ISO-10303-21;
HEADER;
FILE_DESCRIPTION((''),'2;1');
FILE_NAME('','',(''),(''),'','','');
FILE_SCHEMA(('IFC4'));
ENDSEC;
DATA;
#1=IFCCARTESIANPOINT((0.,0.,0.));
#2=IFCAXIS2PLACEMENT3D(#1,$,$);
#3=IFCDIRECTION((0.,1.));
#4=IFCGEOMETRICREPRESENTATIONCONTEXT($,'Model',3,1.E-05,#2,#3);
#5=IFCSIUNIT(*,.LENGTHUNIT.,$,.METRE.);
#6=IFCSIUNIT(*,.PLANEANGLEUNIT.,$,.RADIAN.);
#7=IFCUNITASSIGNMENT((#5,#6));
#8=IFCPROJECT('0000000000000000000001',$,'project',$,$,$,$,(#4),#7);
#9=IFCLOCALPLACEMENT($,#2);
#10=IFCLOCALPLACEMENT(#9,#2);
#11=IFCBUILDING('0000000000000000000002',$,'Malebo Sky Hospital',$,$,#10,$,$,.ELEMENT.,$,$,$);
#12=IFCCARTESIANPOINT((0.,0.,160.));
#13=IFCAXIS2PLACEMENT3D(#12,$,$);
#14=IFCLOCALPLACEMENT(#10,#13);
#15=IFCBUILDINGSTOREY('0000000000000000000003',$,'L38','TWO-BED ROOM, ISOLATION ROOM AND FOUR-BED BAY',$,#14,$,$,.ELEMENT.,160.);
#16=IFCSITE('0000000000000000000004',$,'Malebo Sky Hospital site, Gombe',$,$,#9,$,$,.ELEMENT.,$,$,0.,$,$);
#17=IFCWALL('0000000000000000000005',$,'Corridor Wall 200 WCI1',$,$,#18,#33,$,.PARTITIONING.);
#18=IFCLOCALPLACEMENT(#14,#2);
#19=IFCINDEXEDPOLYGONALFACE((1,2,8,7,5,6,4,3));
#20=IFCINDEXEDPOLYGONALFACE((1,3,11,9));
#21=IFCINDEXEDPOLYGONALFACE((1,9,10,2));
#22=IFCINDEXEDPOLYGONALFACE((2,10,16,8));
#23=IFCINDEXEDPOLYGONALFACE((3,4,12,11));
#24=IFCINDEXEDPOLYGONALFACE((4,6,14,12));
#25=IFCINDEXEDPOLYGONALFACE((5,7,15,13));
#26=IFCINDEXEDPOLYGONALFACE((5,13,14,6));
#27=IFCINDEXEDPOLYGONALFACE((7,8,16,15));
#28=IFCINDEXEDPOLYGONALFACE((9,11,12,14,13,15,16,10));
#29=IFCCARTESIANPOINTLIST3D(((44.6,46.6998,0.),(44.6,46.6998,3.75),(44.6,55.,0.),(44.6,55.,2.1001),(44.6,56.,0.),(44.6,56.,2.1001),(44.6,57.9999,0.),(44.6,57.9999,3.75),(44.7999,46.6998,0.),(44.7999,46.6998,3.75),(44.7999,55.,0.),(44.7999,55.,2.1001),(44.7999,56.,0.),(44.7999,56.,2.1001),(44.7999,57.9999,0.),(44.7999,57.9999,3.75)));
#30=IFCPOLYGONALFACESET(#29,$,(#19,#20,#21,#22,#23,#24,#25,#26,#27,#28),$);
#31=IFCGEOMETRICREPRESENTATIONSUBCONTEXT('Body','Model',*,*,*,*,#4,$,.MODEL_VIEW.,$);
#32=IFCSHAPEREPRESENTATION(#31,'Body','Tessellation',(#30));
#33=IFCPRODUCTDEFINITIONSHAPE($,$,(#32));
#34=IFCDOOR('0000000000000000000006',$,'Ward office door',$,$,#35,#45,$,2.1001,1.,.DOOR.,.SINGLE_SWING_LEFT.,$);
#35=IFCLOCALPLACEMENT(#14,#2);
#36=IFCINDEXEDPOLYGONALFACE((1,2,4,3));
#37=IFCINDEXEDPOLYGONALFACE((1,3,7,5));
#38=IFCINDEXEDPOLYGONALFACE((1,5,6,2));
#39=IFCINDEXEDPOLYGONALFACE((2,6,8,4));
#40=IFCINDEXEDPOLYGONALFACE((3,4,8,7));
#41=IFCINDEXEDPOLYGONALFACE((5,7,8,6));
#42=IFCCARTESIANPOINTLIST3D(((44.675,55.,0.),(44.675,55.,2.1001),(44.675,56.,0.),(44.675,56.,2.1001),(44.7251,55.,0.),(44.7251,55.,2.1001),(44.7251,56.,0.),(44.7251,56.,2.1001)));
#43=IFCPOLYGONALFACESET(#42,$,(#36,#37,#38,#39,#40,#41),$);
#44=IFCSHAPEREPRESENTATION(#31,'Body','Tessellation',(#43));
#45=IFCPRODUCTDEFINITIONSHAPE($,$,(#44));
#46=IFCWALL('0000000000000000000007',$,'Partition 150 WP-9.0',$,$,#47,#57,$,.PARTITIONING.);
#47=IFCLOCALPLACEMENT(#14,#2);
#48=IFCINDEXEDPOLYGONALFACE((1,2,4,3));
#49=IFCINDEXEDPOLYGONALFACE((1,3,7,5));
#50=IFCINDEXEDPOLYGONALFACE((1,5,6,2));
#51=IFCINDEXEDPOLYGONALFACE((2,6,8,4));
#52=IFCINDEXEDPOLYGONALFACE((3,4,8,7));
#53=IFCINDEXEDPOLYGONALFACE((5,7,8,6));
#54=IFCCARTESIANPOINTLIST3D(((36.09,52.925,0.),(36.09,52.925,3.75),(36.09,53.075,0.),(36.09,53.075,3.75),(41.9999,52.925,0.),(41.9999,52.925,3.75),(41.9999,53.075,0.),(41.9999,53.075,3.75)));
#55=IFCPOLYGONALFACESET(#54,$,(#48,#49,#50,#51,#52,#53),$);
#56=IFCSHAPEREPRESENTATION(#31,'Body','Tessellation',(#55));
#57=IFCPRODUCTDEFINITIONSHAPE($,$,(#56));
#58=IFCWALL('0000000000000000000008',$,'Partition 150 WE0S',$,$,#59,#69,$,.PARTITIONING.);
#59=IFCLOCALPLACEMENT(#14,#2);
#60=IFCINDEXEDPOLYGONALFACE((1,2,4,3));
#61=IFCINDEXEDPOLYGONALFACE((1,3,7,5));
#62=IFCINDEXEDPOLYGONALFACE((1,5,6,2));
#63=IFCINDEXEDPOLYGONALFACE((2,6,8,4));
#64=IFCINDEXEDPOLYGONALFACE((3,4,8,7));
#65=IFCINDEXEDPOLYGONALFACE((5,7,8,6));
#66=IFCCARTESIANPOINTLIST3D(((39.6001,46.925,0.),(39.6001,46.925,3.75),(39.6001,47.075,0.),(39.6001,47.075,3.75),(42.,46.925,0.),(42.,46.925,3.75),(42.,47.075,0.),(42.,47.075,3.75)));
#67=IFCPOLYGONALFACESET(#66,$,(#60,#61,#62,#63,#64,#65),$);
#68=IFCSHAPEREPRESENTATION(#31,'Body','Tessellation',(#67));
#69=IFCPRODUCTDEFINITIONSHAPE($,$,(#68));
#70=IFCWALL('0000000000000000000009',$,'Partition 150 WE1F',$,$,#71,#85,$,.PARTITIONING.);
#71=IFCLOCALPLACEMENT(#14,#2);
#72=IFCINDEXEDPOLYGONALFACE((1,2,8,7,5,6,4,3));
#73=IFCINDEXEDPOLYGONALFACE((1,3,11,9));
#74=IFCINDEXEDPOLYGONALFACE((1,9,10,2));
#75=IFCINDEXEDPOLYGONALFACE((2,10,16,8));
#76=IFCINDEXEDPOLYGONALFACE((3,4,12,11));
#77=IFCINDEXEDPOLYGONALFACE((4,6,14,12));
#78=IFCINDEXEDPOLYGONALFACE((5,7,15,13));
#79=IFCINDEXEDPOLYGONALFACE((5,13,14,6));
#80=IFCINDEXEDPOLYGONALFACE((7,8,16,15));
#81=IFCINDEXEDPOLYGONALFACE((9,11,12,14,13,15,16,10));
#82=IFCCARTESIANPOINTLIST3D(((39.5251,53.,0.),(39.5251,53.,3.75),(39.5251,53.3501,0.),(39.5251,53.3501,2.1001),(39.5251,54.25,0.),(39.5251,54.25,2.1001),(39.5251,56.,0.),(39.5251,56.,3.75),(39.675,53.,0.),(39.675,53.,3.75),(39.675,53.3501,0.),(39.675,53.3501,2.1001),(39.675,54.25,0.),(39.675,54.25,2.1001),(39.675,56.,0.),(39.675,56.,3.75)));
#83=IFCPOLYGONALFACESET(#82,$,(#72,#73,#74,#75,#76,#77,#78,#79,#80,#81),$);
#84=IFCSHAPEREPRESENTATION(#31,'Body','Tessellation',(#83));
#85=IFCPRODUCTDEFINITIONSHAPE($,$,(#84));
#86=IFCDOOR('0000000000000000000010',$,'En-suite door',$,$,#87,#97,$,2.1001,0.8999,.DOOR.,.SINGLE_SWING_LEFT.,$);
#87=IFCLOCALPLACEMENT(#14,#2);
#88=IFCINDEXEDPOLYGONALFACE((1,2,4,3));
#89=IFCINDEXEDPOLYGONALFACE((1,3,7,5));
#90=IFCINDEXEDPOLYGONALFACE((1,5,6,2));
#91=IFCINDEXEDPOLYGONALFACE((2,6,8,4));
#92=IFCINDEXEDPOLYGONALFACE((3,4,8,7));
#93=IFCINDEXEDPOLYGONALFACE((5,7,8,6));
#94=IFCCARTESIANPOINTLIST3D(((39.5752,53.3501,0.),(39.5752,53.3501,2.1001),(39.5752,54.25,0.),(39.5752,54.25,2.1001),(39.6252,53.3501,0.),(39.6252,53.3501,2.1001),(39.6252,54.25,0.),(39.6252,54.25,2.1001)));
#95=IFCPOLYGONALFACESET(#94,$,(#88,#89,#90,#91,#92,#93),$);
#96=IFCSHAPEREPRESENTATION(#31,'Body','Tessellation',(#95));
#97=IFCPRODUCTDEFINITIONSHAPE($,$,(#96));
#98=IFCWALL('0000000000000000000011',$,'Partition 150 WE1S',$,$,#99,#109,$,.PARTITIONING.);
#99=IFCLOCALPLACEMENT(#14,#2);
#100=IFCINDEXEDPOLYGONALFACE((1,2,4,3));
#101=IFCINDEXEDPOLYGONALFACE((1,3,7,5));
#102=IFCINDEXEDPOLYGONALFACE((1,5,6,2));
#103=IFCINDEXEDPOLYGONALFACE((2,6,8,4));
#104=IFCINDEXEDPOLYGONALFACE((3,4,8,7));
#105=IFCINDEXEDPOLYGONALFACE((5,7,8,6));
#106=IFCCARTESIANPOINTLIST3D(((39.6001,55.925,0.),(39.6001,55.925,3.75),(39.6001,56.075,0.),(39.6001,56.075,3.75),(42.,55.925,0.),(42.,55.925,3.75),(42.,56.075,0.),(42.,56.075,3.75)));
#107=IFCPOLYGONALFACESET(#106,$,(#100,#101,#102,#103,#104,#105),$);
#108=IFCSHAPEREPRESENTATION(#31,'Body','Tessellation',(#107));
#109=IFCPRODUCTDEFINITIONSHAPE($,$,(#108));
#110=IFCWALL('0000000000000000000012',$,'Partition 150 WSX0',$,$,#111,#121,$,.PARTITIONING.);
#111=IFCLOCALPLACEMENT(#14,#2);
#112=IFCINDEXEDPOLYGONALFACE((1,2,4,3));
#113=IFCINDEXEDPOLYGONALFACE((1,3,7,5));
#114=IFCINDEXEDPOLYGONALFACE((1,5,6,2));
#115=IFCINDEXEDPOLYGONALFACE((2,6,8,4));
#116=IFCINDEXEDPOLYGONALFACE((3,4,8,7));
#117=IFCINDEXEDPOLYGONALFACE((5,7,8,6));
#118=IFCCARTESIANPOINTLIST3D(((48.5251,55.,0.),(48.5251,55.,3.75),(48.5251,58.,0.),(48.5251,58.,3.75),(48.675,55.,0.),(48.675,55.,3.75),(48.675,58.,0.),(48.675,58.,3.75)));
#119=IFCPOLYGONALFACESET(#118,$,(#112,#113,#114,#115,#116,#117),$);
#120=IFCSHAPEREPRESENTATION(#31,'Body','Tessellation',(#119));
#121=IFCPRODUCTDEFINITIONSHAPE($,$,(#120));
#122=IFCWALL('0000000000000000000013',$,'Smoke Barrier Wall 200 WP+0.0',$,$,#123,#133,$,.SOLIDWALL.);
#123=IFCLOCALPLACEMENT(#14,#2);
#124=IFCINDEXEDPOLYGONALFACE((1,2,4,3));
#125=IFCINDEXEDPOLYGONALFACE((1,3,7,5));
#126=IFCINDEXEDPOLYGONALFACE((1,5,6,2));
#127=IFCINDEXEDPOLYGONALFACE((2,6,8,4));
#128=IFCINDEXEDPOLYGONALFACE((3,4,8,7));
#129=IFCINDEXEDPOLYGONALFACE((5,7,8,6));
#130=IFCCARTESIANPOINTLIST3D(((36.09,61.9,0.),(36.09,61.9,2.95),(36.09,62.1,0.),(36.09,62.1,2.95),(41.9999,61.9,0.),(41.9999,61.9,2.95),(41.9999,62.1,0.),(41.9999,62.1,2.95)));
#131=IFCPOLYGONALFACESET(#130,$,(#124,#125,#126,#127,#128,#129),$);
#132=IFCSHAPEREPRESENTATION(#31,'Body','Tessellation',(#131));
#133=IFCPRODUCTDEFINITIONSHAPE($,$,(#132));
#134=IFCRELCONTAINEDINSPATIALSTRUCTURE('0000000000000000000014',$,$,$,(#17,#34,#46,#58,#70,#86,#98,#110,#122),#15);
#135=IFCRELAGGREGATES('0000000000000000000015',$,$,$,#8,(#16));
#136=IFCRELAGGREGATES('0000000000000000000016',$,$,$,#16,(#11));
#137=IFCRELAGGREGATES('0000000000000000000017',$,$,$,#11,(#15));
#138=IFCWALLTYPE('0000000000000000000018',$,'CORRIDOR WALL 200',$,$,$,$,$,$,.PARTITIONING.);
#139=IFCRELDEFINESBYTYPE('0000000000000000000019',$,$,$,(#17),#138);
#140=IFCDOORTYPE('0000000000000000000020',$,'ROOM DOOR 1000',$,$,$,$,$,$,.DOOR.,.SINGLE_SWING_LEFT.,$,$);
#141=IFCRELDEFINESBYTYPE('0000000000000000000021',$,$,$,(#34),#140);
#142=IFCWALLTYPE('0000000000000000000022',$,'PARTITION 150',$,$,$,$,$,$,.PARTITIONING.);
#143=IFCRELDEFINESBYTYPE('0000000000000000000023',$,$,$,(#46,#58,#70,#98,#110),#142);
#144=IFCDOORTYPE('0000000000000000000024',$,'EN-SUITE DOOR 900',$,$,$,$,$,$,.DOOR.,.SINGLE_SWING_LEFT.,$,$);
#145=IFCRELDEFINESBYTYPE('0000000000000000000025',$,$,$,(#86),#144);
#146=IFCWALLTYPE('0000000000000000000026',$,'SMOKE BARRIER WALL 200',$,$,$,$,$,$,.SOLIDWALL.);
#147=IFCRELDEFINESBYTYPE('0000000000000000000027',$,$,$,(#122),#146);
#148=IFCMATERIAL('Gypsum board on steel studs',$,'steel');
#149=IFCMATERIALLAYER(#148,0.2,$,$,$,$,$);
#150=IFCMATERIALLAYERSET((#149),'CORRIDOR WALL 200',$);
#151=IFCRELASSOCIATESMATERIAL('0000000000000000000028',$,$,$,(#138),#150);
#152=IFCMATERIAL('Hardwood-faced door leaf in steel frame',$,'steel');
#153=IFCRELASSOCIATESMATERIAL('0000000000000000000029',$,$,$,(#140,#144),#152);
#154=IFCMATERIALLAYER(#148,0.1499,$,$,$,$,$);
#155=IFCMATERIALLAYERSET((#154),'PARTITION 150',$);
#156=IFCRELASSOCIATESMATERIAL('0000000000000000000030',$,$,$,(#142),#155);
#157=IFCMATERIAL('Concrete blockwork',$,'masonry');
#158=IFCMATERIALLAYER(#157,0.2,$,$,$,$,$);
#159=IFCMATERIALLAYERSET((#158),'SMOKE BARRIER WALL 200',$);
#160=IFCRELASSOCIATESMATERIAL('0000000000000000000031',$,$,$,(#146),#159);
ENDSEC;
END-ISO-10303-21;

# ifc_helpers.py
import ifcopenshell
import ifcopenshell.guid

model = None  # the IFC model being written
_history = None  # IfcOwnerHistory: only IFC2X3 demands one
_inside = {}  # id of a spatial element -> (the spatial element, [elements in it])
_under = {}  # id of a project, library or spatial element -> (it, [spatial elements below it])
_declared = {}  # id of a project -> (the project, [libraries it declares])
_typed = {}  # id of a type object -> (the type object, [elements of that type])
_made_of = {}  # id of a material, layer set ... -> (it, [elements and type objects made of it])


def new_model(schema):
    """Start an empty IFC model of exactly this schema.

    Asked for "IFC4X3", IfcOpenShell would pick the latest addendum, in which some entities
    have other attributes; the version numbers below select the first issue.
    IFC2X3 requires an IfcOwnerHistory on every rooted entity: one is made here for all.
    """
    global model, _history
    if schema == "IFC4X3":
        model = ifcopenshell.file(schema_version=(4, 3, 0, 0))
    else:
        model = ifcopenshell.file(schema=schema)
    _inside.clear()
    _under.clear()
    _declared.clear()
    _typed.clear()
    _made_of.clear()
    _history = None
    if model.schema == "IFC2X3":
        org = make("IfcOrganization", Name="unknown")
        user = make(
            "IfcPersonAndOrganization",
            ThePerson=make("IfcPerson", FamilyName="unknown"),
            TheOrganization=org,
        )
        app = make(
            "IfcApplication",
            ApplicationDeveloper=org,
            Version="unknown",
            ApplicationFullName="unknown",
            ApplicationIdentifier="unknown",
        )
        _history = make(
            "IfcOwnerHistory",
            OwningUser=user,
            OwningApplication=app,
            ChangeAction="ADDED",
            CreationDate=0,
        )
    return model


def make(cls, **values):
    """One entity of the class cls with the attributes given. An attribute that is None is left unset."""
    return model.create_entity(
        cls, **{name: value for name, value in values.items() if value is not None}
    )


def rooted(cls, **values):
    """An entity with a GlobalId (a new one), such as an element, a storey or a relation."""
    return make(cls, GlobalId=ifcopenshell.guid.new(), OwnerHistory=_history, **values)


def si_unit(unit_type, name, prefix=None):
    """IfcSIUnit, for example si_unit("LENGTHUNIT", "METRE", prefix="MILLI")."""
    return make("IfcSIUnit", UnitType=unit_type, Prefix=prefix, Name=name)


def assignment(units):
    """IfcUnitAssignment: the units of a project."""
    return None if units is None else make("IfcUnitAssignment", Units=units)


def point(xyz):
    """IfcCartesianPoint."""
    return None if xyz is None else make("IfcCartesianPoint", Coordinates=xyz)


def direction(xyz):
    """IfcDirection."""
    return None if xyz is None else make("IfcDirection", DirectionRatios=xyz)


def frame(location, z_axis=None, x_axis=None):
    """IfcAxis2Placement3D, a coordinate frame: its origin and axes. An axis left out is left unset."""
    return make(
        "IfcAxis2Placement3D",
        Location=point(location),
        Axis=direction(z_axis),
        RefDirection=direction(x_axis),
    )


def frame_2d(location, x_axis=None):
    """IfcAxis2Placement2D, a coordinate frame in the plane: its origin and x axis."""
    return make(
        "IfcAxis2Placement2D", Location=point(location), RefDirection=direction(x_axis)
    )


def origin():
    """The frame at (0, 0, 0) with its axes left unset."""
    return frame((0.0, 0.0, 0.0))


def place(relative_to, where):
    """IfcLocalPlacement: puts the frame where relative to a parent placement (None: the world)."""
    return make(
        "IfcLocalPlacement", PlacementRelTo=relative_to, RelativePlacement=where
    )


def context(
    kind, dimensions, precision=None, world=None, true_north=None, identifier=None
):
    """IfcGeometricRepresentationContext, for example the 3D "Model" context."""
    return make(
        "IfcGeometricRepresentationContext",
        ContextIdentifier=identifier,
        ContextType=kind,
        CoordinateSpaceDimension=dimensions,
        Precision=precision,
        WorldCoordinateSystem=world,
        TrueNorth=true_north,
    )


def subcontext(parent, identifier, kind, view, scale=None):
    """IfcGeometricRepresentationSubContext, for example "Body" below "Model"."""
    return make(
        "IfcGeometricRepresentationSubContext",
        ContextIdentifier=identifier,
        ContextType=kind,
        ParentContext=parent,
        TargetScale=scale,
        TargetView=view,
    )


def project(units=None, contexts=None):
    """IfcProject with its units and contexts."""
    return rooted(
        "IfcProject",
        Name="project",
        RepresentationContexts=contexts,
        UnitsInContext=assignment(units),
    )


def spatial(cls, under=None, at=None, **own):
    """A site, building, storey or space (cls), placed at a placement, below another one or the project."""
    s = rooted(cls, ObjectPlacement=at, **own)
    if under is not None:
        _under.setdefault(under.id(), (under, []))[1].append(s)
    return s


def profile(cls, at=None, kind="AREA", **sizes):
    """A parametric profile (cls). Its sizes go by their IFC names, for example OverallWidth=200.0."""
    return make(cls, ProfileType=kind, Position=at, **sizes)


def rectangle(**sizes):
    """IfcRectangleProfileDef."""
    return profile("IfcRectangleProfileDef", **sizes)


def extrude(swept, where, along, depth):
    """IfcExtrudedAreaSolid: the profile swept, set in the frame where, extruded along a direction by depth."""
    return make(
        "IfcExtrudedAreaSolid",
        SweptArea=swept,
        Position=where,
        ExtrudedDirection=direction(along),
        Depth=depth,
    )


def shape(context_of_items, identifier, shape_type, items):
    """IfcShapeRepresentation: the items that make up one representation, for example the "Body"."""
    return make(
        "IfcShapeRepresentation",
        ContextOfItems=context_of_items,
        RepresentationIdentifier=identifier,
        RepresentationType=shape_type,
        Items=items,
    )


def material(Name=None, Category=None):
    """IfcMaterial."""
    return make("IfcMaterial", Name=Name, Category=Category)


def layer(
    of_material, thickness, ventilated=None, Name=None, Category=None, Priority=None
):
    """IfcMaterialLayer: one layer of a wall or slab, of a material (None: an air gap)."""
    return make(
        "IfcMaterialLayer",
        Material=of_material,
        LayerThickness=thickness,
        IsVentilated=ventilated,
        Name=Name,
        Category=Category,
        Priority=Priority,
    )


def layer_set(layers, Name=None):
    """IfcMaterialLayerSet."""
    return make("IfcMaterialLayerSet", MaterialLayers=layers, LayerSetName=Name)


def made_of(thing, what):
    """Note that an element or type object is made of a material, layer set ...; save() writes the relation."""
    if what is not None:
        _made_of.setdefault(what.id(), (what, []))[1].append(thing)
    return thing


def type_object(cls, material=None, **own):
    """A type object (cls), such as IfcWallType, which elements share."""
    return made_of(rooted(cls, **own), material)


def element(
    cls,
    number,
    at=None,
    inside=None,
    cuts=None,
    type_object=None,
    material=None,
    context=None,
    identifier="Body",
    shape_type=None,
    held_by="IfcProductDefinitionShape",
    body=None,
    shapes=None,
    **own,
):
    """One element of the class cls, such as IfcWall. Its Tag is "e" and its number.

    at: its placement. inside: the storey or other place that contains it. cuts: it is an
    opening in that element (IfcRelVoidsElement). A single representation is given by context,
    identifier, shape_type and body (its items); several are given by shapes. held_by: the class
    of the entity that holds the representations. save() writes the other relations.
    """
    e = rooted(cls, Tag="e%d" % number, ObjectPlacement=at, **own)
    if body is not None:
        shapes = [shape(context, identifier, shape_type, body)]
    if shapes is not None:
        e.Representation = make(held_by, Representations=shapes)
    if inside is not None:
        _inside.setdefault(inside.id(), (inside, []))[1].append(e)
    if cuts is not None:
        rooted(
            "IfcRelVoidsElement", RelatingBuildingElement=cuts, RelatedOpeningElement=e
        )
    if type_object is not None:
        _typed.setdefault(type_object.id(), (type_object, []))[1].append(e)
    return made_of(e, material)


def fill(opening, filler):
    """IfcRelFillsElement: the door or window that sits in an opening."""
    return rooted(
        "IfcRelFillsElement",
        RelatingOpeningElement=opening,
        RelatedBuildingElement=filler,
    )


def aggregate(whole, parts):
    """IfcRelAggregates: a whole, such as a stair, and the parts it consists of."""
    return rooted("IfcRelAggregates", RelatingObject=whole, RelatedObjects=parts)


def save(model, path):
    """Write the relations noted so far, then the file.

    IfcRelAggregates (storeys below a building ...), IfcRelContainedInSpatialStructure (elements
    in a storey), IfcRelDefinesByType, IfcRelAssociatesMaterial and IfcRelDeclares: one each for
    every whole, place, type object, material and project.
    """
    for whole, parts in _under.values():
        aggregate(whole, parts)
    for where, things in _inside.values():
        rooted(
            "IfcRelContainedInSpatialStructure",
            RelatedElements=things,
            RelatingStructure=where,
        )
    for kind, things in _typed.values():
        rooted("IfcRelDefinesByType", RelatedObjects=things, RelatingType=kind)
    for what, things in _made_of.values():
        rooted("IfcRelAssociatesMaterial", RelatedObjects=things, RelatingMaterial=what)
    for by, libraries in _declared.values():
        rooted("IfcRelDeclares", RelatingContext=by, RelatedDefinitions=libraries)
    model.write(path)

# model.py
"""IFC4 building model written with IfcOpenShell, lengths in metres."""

from ifc_helpers import new_model, si_unit, direction, frame, frame_2d, origin, place, context, subcontext, project, spatial, rectangle, extrude, material, layer, layer_set, type_object, element, fill, save


model = new_model("IFC4")

# Units and contexts
model_context = context("Model", 3, precision=1e-05, world=origin(), true_north=direction((0.0, 1.0)))
body_context = subcontext(model_context, "Body", "Model", "MODEL_VIEW")
ifc_project = project(units=[si_unit("LENGTHUNIT", "METRE"), si_unit("PLANEANGLEUNIT", "RADIAN")], contexts=[model_context])

# Site, building, storey
site_placement = place(None, origin())
site = spatial("IfcSite", under=ifc_project, at=site_placement, Name="Malebo Sky Hospital site, Gombe", CompositionType="ELEMENT", RefElevation=0.0)
building_placement = place(site_placement, origin())
building = spatial("IfcBuilding", under=site, at=building_placement, Name="Malebo Sky Hospital", CompositionType="ELEMENT")
storey_placement = place(building_placement, frame((0.0, 0.0, 160.0)))
storey = spatial("IfcBuildingStorey", under=building, at=storey_placement, Name="L38", Description="TWO-BED ROOM, ISOLATION ROOM AND FOUR-BED BAY", CompositionType="ELEMENT", Elevation=160.0)

# Wall, opening, door
ifc_material_1 = material(Name="Gypsum board on steel studs", Category="steel")
ifc_layer_1 = layer(ifc_material_1, 0.2)
ifc_layer_set_1 = layer_set([ifc_layer_1], Name="CORRIDOR WALL 200")
wall_type_1 = type_object("IfcWallType", Name="CORRIDOR WALL 200", PredefinedType="PARTITIONING", material=ifc_layer_set_1)
wall_1_placement = place(storey_placement, frame((44.7, 46.7, 0.0), z_axis=(0.0, 0.0, 1.0), x_axis=(0.0, 1.0, 0.0)))
wall_1 = element("IfcWall", 1, at=wall_1_placement, inside=storey, type_object=wall_type_1, Name="Corridor Wall 200 WCI1", PredefinedType="PARTITIONING", context=body_context, shape_type="SweptSolid", body=[
    extrude(rectangle(XDim=11.3, YDim=0.2, at=frame_2d((5.6499, 0.0))), origin(), (0.0, 0.0, 1.0), 3.75),
])
opening_1_placement = place(wall_1_placement, frame((8.3, 0.0, 0.0)))
opening_1 = element("IfcOpeningElement", 2, at=opening_1_placement, cuts=wall_1, PredefinedType="OPENING", context=body_context, shape_type="SweptSolid", body=[
    extrude(rectangle(XDim=1.0, YDim=2.1001, at=frame_2d((0.5, 1.05))), frame((0.0, 0.1099, 0.0), z_axis=(0.0, -1.0, 0.0), x_axis=(1.0, 0.0, 0.0)), (0.0, 0.0, 1.0), 0.22),
])
ifc_material_2 = material(Name="Hardwood-faced door leaf in steel frame", Category="steel")
door_type_1 = type_object("IfcDoorType", Name="ROOM DOOR 1000", OperationType="SINGLE_SWING_LEFT", PredefinedType="DOOR", material=ifc_material_2)
door_1_placement = place(opening_1_placement, origin())
door_1 = element("IfcDoor", 3, at=door_1_placement, inside=storey, type_object=door_type_1, Name="Ward office door", OperationType="SINGLE_SWING_LEFT", OverallHeight=2.1001, OverallWidth=1.0, PredefinedType="DOOR", context=body_context, shape_type="SweptSolid", body=[
    extrude(rectangle(XDim=1.0, YDim=2.1001, at=frame_2d((0.5, 1.05))), frame((0.0, 0.0249, 0.0), z_axis=(0.0, -1.0, 0.0), x_axis=(1.0, 0.0, 0.0)), (0.0, 0.0, 1.0), 0.05),
])
fill(opening_1, door_1)

# Walls
ifc_layer_2 = layer(ifc_material_1, 0.1499)
ifc_layer_set_2 = layer_set([ifc_layer_2], Name="PARTITION 150")
wall_type_2 = type_object("IfcWallType", Name="PARTITION 150", PredefinedType="PARTITIONING", material=ifc_layer_set_2)
wall_2_placement = place(storey_placement, frame((42.0, 53.0, 0.0), z_axis=(0.0, 0.0, 1.0), x_axis=(-1.0, 0.0, 0.0)))
element("IfcWall", 4, at=wall_2_placement, inside=storey, type_object=wall_type_2, Name="Partition 150 WP-9.0", PredefinedType="PARTITIONING", context=body_context, shape_type="SweptSolid", body=[
    extrude(rectangle(XDim=5.9099, YDim=0.1499, at=frame_2d((2.9551, 0.0))), origin(), (0.0, 0.0, 1.0), 3.75),
])
wall_3_placement = place(storey_placement, frame((42.0, 47.0, 0.0), z_axis=(0.0, 0.0, 1.0), x_axis=(-1.0, 0.0, 0.0)))
element("IfcWall", 5, at=wall_3_placement, inside=storey, type_object=wall_type_2, Name="Partition 150 WE0S", PredefinedType="PARTITIONING", context=body_context, shape_type="SweptSolid", body=[
    extrude(rectangle(XDim=2.3999, YDim=0.1499, at=frame_2d((1.2, 0.0))), origin(), (0.0, 0.0, 1.0), 3.75),
])

# Wall, opening, door
wall_4_placement = place(storey_placement, frame((39.6001, 53.0, 0.0), z_axis=(0.0, 0.0, 1.0), x_axis=(0.0, 1.0, 0.0)))
wall_4 = element("IfcWall", 6, at=wall_4_placement, inside=storey, type_object=wall_type_2, Name="Partition 150 WE1F", PredefinedType="PARTITIONING", context=body_context, shape_type="SweptSolid", body=[
    extrude(rectangle(XDim=3.0, YDim=0.1499, at=frame_2d((1.5, 0.0))), origin(), (0.0, 0.0, 1.0), 3.75),
])
opening_2_placement = place(wall_4_placement, frame((0.3501, 0.0, 0.0)))
opening_2 = element("IfcOpeningElement", 7, at=opening_2_placement, cuts=wall_4, PredefinedType="OPENING", context=body_context, shape_type="SweptSolid", body=[
    extrude(rectangle(XDim=0.8999, YDim=2.1001, at=frame_2d((0.45, 1.05))), frame((0.0, 0.085, 0.0), z_axis=(0.0, -1.0, 0.0), x_axis=(1.0, 0.0, 0.0)), (0.0, 0.0, 1.0), 0.1699),
])
door_type_2 = type_object("IfcDoorType", Name="EN-SUITE DOOR 900", OperationType="SINGLE_SWING_LEFT", PredefinedType="DOOR", material=ifc_material_2)
door_2_placement = place(opening_2_placement, origin())
door_2 = element("IfcDoor", 8, at=door_2_placement, inside=storey, type_object=door_type_2, Name="En-suite door", OperationType="SINGLE_SWING_LEFT", OverallHeight=2.1001, OverallWidth=0.8999, PredefinedType="DOOR", context=body_context, shape_type="SweptSolid", body=[
    extrude(rectangle(XDim=0.8999, YDim=2.1001, at=frame_2d((0.45, 1.05))), frame((0.0, 0.0249, 0.0), z_axis=(0.0, -1.0, 0.0), x_axis=(1.0, 0.0, 0.0)), (0.0, 0.0, 1.0), 0.05),
])
fill(opening_2, door_2)

# Walls
wall_5_placement = place(storey_placement, frame((42.0, 56.0, 0.0), z_axis=(0.0, 0.0, 1.0), x_axis=(-1.0, 0.0, 0.0)))
element("IfcWall", 9, at=wall_5_placement, inside=storey, type_object=wall_type_2, Name="Partition 150 WE1S", PredefinedType="PARTITIONING", context=body_context, shape_type="SweptSolid", body=[
    extrude(rectangle(XDim=2.3999, YDim=0.1499, at=frame_2d((1.2, 0.0))), origin(), (0.0, 0.0, 1.0), 3.75),
])
wall_6_placement = place(storey_placement, frame((48.6001, 55.0, 0.0), z_axis=(0.0, 0.0, 1.0), x_axis=(0.0, 1.0, 0.0)))
element("IfcWall", 10, at=wall_6_placement, inside=storey, type_object=wall_type_2, Name="Partition 150 WSX0", PredefinedType="PARTITIONING", context=body_context, shape_type="SweptSolid", body=[
    extrude(rectangle(XDim=3.0, YDim=0.1499, at=frame_2d((1.5, 0.0))), origin(), (0.0, 0.0, 1.0), 3.75),
])
ifc_material_3 = material(Name="Concrete blockwork", Category="masonry")
ifc_layer_3 = layer(ifc_material_3, 0.2)
ifc_layer_set_3 = layer_set([ifc_layer_3], Name="SMOKE BARRIER WALL 200")
wall_type_3 = type_object("IfcWallType", Name="SMOKE BARRIER WALL 200", PredefinedType="SOLIDWALL", material=ifc_layer_set_3)
wall_7_placement = place(storey_placement, frame((42.0, 62.0, 0.0), z_axis=(0.0, 0.0, 1.0), x_axis=(-1.0, 0.0, 0.0)))
element("IfcWall", 11, at=wall_7_placement, inside=storey, type_object=wall_type_3, Name="Smoke Barrier Wall 200 WP+0.0", PredefinedType="SOLIDWALL", context=body_context, shape_type="SweptSolid", body=[
    extrude(rectangle(XDim=5.9099, YDim=0.2, at=frame_2d((2.9551, 0.0))), origin(), (0.0, 0.0, 1.0), 2.95),
])

save(model, "model.ifc")
